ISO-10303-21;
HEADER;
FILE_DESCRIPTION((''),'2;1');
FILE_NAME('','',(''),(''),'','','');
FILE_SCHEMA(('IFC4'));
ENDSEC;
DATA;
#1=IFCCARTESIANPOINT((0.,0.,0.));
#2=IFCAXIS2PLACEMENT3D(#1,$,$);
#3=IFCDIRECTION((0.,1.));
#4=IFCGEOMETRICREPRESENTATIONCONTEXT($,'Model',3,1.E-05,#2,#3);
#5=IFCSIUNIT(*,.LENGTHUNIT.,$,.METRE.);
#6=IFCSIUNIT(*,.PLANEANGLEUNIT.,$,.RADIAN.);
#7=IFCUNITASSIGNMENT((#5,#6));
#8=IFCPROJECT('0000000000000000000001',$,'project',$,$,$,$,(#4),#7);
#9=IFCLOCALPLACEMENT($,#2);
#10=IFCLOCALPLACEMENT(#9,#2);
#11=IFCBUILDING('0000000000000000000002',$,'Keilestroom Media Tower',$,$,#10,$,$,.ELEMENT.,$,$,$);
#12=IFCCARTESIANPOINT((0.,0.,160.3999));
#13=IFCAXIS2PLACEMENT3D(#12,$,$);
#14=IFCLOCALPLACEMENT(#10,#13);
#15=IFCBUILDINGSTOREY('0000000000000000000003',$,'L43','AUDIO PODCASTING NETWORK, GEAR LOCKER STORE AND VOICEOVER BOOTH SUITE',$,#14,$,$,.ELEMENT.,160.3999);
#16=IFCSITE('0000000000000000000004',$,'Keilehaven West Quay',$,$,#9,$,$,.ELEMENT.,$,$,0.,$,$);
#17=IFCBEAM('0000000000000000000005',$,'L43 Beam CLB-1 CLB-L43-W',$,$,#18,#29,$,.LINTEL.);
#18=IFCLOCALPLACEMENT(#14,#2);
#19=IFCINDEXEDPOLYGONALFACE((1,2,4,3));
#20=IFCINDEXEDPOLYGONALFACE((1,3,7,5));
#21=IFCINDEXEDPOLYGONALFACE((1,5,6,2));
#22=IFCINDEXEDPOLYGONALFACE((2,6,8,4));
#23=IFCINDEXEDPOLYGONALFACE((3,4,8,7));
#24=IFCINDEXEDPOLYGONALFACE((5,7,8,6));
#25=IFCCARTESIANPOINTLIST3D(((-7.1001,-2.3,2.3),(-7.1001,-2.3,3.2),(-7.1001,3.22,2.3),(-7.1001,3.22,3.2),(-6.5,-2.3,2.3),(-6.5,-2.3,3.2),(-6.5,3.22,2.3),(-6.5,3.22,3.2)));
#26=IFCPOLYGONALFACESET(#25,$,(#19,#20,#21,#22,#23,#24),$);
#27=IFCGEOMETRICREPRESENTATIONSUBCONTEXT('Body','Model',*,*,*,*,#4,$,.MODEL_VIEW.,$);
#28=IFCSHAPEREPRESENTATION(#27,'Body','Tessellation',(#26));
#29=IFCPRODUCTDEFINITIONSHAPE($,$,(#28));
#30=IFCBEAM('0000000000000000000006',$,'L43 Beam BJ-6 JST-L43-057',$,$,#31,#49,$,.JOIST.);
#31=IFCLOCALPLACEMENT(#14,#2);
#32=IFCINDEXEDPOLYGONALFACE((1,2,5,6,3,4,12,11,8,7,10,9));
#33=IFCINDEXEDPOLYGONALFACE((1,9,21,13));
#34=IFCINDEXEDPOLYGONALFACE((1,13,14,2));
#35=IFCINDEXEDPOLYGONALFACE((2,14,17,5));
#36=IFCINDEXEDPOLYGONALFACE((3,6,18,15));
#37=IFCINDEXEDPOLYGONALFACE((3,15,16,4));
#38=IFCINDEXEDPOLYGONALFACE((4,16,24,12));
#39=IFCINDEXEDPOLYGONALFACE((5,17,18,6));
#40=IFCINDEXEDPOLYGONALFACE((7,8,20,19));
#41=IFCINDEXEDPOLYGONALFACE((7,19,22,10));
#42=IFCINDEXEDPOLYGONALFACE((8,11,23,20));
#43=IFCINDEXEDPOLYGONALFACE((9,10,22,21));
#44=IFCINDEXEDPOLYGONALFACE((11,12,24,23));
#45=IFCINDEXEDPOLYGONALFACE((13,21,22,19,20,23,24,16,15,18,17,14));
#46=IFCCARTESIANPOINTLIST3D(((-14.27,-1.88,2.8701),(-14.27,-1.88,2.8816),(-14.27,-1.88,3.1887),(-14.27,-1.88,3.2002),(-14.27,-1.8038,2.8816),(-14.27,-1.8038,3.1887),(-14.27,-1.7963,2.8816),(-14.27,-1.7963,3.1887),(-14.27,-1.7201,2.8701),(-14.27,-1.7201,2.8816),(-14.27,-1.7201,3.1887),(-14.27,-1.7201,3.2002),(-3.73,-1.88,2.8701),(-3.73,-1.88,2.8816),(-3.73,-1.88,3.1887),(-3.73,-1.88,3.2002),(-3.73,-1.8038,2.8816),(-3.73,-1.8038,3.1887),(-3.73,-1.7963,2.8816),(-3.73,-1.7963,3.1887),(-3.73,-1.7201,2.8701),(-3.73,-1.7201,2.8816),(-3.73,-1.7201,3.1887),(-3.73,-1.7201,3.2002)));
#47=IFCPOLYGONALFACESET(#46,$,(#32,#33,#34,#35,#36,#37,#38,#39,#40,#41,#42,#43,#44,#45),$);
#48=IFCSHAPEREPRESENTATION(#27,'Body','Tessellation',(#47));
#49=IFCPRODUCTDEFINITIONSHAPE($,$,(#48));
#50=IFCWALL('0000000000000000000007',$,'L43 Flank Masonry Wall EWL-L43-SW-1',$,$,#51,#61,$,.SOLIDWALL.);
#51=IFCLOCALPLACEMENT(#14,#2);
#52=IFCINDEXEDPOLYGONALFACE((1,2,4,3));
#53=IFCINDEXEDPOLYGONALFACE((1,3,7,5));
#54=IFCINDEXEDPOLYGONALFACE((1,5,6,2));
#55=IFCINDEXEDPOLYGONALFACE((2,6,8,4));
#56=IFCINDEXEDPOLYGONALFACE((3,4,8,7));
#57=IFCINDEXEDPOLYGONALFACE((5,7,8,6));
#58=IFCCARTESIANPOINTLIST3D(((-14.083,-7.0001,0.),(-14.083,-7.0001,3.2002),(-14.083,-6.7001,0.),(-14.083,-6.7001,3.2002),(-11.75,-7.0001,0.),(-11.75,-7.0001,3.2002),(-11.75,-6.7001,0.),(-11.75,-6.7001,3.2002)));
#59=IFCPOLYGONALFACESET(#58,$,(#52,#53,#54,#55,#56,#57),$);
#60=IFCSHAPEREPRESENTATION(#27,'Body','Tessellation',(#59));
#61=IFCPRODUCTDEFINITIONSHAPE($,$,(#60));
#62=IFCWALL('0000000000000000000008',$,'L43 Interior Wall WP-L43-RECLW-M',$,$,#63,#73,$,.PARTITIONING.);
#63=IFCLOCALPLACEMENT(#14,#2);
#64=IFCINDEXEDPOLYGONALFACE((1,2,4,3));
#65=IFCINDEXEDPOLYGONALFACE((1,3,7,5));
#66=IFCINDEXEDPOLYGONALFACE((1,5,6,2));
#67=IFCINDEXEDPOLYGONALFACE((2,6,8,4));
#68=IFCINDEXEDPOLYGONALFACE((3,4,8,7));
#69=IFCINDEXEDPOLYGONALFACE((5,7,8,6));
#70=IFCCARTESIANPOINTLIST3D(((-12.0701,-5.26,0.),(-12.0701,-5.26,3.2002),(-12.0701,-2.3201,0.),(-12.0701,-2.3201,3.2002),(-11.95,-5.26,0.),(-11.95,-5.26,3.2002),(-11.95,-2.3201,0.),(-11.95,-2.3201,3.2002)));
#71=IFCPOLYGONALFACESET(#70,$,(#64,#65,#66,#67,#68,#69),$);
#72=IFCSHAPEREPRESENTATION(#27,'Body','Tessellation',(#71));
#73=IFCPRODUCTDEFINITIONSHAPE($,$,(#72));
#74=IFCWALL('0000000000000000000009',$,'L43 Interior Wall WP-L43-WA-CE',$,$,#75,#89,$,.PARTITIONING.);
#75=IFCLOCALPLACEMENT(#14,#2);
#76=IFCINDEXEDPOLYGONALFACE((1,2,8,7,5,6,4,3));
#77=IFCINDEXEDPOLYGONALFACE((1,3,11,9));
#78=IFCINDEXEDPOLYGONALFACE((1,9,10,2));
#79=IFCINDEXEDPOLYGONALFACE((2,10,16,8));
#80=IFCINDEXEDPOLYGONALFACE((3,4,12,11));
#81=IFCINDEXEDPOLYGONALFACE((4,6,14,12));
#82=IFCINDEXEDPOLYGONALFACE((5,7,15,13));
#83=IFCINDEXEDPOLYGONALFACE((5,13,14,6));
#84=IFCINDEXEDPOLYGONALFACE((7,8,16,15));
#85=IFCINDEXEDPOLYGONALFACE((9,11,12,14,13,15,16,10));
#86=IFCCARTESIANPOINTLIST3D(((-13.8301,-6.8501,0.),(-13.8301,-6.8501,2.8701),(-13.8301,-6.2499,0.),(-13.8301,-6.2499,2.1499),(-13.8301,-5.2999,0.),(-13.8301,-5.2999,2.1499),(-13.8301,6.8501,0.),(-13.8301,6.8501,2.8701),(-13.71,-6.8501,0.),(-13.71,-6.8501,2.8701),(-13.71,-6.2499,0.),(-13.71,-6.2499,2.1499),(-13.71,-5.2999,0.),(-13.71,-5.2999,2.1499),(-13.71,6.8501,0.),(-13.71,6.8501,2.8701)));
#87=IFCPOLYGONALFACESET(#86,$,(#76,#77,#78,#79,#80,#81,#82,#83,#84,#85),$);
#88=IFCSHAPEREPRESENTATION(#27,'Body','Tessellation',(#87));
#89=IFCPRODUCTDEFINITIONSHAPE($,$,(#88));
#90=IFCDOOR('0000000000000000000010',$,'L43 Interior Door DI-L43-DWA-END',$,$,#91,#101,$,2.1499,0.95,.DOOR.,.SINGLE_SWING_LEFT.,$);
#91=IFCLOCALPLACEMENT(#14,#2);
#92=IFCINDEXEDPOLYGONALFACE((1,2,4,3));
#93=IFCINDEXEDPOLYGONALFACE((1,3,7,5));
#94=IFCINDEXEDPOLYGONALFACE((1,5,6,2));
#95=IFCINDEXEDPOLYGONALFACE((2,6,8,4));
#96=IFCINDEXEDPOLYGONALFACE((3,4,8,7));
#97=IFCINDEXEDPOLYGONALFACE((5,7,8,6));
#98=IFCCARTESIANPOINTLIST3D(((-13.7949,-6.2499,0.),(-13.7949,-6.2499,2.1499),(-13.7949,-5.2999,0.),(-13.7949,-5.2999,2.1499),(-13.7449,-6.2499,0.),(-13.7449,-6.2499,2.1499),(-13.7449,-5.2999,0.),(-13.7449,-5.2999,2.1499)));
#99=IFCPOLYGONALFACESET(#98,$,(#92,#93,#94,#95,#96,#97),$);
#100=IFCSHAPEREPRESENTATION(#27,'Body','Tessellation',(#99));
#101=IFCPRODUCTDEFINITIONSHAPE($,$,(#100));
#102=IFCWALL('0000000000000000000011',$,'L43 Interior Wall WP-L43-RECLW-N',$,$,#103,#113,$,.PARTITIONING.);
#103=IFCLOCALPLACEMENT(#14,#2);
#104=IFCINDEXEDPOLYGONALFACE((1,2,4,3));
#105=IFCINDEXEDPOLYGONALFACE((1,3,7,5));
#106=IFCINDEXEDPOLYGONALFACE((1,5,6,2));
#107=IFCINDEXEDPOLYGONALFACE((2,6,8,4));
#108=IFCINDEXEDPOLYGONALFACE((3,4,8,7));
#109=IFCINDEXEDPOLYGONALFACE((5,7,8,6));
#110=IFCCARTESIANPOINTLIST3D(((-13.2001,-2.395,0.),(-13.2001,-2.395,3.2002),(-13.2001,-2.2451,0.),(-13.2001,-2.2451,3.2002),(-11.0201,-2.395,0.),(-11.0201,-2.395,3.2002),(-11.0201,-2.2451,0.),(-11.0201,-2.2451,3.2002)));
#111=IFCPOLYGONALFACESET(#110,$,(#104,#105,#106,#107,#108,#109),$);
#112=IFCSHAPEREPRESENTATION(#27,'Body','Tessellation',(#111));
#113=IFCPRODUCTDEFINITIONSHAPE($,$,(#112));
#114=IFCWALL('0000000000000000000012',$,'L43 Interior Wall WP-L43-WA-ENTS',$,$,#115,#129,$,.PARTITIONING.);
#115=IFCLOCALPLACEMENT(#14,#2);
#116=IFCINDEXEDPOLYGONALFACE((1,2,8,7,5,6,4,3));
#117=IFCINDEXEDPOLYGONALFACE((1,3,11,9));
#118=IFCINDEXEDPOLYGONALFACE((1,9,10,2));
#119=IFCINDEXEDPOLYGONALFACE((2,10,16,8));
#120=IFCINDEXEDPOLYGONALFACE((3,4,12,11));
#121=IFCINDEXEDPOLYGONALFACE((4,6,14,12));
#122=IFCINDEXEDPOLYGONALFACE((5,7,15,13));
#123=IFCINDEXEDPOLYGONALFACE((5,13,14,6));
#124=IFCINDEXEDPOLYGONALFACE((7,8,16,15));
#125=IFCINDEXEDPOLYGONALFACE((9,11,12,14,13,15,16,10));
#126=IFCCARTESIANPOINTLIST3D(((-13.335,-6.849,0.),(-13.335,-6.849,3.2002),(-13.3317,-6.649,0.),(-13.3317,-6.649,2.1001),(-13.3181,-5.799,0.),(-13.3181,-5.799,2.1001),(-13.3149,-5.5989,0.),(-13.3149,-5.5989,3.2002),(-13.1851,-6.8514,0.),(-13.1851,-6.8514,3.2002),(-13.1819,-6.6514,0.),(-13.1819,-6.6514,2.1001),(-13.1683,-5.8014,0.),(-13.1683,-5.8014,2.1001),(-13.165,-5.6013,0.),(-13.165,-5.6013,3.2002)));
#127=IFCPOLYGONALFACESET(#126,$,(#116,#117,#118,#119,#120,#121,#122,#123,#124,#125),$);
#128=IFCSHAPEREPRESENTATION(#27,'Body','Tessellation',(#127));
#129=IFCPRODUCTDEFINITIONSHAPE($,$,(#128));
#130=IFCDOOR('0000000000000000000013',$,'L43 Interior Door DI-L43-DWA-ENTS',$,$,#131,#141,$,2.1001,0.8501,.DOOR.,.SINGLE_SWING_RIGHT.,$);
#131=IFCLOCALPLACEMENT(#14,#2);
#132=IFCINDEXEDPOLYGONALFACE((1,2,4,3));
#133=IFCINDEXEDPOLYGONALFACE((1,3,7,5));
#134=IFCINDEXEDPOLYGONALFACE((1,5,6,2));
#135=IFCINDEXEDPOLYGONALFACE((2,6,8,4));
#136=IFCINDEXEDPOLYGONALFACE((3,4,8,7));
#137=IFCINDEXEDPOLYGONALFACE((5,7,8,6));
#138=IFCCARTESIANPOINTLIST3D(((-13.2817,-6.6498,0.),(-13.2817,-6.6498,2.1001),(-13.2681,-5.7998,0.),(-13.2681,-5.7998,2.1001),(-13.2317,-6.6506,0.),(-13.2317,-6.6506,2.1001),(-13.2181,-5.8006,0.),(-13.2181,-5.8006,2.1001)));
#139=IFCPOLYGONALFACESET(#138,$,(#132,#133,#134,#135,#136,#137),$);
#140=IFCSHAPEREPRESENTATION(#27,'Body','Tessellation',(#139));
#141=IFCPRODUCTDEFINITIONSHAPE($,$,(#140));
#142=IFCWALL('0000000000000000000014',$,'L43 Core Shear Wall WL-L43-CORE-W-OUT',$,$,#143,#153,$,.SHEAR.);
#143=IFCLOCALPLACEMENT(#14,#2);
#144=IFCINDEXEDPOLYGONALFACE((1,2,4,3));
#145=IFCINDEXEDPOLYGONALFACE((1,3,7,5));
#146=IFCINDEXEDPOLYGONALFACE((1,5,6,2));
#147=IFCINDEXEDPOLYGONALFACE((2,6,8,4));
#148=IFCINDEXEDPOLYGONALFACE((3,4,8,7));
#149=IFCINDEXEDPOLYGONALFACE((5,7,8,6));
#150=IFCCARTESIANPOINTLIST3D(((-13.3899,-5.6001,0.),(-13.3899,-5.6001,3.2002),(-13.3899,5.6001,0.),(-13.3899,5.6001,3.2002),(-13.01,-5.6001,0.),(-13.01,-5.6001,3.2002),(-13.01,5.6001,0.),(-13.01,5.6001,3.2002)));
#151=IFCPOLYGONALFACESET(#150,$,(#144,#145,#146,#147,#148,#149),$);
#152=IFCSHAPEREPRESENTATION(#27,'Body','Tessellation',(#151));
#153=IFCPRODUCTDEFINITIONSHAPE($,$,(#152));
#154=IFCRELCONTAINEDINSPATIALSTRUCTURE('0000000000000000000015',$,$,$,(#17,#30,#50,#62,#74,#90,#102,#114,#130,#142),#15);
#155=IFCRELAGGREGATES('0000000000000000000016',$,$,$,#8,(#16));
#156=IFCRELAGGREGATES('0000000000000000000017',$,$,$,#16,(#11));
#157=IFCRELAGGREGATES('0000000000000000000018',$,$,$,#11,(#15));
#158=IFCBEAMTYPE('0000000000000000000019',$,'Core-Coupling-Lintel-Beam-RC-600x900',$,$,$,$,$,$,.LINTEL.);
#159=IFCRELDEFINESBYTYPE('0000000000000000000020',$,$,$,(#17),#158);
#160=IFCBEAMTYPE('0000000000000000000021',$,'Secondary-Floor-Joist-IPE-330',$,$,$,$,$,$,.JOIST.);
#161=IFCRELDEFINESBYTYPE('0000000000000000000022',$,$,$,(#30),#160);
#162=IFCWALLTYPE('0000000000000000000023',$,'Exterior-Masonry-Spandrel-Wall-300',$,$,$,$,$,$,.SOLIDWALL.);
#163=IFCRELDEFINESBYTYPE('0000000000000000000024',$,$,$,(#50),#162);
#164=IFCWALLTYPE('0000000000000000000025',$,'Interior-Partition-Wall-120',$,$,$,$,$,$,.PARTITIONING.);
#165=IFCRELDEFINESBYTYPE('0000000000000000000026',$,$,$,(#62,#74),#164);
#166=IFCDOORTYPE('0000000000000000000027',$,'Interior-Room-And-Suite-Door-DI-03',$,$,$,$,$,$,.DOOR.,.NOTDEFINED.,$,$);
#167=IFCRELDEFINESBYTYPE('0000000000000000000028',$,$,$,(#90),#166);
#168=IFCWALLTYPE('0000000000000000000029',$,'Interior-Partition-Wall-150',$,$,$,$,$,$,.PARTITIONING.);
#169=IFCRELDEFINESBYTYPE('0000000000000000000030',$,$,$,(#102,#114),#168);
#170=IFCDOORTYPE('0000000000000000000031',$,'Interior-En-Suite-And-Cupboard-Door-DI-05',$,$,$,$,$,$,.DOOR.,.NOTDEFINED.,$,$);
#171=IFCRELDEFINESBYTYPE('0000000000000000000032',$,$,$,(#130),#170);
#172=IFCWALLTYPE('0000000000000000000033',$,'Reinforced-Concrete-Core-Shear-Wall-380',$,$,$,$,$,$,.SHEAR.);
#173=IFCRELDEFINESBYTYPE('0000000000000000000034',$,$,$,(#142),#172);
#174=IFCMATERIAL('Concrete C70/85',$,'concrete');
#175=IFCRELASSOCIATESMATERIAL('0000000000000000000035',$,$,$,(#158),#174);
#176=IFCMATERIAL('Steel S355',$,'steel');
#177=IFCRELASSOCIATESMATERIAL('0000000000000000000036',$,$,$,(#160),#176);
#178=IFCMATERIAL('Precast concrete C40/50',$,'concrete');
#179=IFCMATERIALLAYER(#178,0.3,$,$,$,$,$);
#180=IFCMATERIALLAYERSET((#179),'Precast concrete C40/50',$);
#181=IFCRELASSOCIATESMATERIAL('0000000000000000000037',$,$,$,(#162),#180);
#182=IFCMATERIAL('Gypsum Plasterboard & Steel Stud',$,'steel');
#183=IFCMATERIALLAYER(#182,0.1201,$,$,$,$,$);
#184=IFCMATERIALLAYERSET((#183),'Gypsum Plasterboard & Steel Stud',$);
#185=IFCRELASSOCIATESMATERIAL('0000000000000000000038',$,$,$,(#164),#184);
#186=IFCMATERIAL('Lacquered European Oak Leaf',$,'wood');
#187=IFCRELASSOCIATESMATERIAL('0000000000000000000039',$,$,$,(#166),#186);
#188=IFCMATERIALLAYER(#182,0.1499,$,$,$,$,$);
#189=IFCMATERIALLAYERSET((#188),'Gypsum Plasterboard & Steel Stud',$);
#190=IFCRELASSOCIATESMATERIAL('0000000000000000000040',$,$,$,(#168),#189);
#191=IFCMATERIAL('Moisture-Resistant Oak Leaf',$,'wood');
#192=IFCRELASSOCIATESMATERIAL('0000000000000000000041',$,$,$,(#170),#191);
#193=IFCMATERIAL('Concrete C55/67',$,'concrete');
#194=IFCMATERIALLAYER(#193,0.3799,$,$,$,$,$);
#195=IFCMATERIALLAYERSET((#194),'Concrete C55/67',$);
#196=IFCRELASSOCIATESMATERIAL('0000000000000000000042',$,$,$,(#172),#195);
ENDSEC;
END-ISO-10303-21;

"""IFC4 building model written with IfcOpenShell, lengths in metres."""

from ifc_helpers import new_model, si_unit, direction, frame, frame_2d, origin, origin_2d, place, context, subcontext, project, spatial, rectangle, i_section, extrude, source, transform, mapped, material, layer, layer_set, material_profile, profile_set, type_object, element, fill, save


model = new_model("IFC4")

# Units and contexts
model_context = context("Model", 3, precision=1e-05, world=origin(), true_north=direction((0.0, 1.0)))
body_context = subcontext(model_context, "Body", "Model", "MODEL_VIEW")
ifc_project = project(units=[si_unit("LENGTHUNIT", "METRE"), si_unit("PLANEANGLEUNIT", "RADIAN")], contexts=[model_context])

# Site, building, storey
site_placement = place(None, origin())
site = spatial("IfcSite", under=ifc_project, at=site_placement, Name="Keilehaven West Quay", CompositionType="ELEMENT", RefElevation=0.0)
building_placement = place(site_placement, origin())
building = spatial("IfcBuilding", under=site, at=building_placement, Name="Keilestroom Media Tower", CompositionType="ELEMENT")
storey_placement = place(building_placement, frame((0.0, 0.0, 160.3999)))
storey = spatial("IfcBuildingStorey", under=building, at=storey_placement, Name="L43", Description="AUDIO PODCASTING NETWORK, GEAR LOCKER STORE AND VOICEOVER BOOTH SUITE", CompositionType="ELEMENT", Elevation=160.3999)

# Beams
ifc_material_1 = material(Name="Concrete C70/85", Category="concrete")
ifc_material_profile_1 = material_profile(ifc_material_1, rectangle(XDim=0.6001, YDim=0.8999, at=origin_2d()), Name="RC 600x900")
ifc_profile_set_1 = profile_set([ifc_material_profile_1], Name="Concrete C70/85")
beam_type_1 = type_object("IfcBeamType", Name="Core-Coupling-Lintel-Beam-RC-600x900", PredefinedType="LINTEL", material=ifc_profile_set_1)
shared_shape_1 = source(origin(), body_context, "Body", "SweptSolid", [
    extrude(rectangle(XDim=0.6001, YDim=0.8999, at=origin_2d()), origin(), (0.0, 0.0, 1.0), 5.52),
])
beam_1_placement = place(storey_placement, frame((-6.8, -2.3, 2.75), z_axis=(0.0, 1.0, 0.0), x_axis=(-1.0, 0.0, 0.0)))
element("IfcBeam", 1, at=beam_1_placement, inside=storey, type_object=beam_type_1, Name="L43 Beam CLB-1 CLB-L43-W", PredefinedType="LINTEL", context=body_context, shape_type="MappedRepresentation", body=[
    mapped(shared_shape_1, transform((0.0, 0.0, 0.0), x_axis=(1.0, 0.0, 0.0), y_axis=(0.0, 1.0, 0.0), z_axis=(0.0, 0.0, 1.0), scale=1.0)),
])
ifc_material_2 = material(Name="Steel S355", Category="steel")
ifc_material_profile_2 = material_profile(ifc_material_2, i_section(OverallWidth=0.1599, OverallDepth=0.3301, WebThickness=0.0076, FlangeThickness=0.0115, at=origin_2d()), Name="IPE 330")
ifc_profile_set_2 = profile_set([ifc_material_profile_2], Name="Steel S355")
beam_type_2 = type_object("IfcBeamType", Name="Secondary-Floor-Joist-IPE-330", PredefinedType="JOIST", material=ifc_profile_set_2)
shared_shape_2 = source(origin(), body_context, "Body", "SweptSolid", [
    extrude(i_section(OverallWidth=0.1599, OverallDepth=0.3301, WebThickness=0.0076, FlangeThickness=0.0115, at=origin_2d()), origin(), (0.0, 0.0, 1.0), 10.54),
])
beam_2_placement = place(storey_placement, frame((-14.27, -1.8, 3.0352), z_axis=(1.0, 0.0, 0.0), x_axis=(0.0, 1.0, 0.0)))
element("IfcBeam", 2, at=beam_2_placement, inside=storey, type_object=beam_type_2, Name="L43 Beam BJ-6 JST-L43-057", PredefinedType="JOIST", context=body_context, shape_type="MappedRepresentation", body=[
    mapped(shared_shape_2, transform((0.0, 0.0, 0.0), x_axis=(1.0, 0.0, 0.0), y_axis=(0.0, 1.0, 0.0), z_axis=(0.0, 0.0, 1.0), scale=1.0)),
])

# Walls
ifc_material_3 = material(Name="Precast concrete C40/50", Category="concrete")
ifc_layer_1 = layer(ifc_material_3, 0.3)
ifc_layer_set_1 = layer_set([ifc_layer_1], Name="Precast concrete C40/50")
wall_type_1 = type_object("IfcWallType", Name="Exterior-Masonry-Spandrel-Wall-300", PredefinedType="SOLIDWALL", material=ifc_layer_set_1)
wall_1_placement = place(storey_placement, frame((-14.083, -6.8501, 0.0), z_axis=(0.0, 0.0, 1.0), x_axis=(1.0, 0.0, 0.0)))
element("IfcWall", 3, at=wall_1_placement, inside=storey, type_object=wall_type_1, Name="L43 Flank Masonry Wall EWL-L43-SW-1", PredefinedType="SOLIDWALL", context=body_context, shape_type="SweptSolid", body=[
    extrude(rectangle(XDim=2.333, YDim=0.3, at=frame_2d((1.1665, 0.0))), origin(), (0.0, 0.0, 1.0), 3.2002),
])
ifc_material_4 = material(Name="Gypsum Plasterboard & Steel Stud", Category="steel")
ifc_layer_2 = layer(ifc_material_4, 0.1201)
ifc_layer_set_2 = layer_set([ifc_layer_2], Name="Gypsum Plasterboard & Steel Stud")
wall_type_2 = type_object("IfcWallType", Name="Interior-Partition-Wall-120", PredefinedType="PARTITIONING", material=ifc_layer_set_2)
wall_2_placement = place(storey_placement, frame((-12.01, -5.26, 0.0), z_axis=(0.0, 0.0, 1.0), x_axis=(0.0, 1.0, 0.0)))
element("IfcWall", 4, at=wall_2_placement, inside=storey, type_object=wall_type_2, Name="L43 Interior Wall WP-L43-RECLW-M", PredefinedType="PARTITIONING", context=body_context, shape_type="SweptSolid", body=[
    extrude(rectangle(XDim=2.9399, YDim=0.1201, at=frame_2d((1.47, 0.0))), origin(), (0.0, 0.0, 1.0), 3.2002),
])

# Wall, opening, door
wall_3_placement = place(storey_placement, frame((-13.77, -6.8501, 0.0), z_axis=(0.0, 0.0, 1.0), x_axis=(0.0, 1.0, 0.0)))
wall_3 = element("IfcWall", 5, at=wall_3_placement, inside=storey, type_object=wall_type_2, Name="L43 Interior Wall WP-L43-WA-CE", PredefinedType="PARTITIONING", context=body_context, shape_type="SweptSolid", body=[
    extrude(rectangle(XDim=13.7002, YDim=0.1201, at=frame_2d((6.8501, 0.0))), origin(), (0.0, 0.0, 1.0), 2.8701),
])
opening_1_placement = place(wall_3_placement, frame((0.6001, 0.0, 0.0)))
opening_1 = element("IfcOpeningElement", 6, at=opening_1_placement, cuts=wall_3, PredefinedType="OPENING", context=body_context, shape_type="SweptSolid", body=[
    extrude(rectangle(XDim=0.95, YDim=2.1499, at=frame_2d((0.4751, 1.075))), frame((0.0, 0.0701, 0.0), z_axis=(0.0, -1.0, 0.0), x_axis=(1.0, 0.0, 0.0)), (0.0, 0.0, 1.0), 0.1401),
])
ifc_material_5 = material(Name="Lacquered European Oak Leaf", Category="wood")
door_type_1 = type_object("IfcDoorType", Name="Interior-Room-And-Suite-Door-DI-03", OperationType="NOTDEFINED", PredefinedType="DOOR", material=ifc_material_5)
shared_shape_3 = source(origin(), body_context, "Body", "SweptSolid", [
    extrude(rectangle(XDim=0.95, YDim=2.1499, at=frame_2d((0.4751, 1.075))), frame((0.0, 0.0249, 0.0), z_axis=(0.0, -1.0, 0.0), x_axis=(1.0, 0.0, 0.0)), (0.0, 0.0, 1.0), 0.05),
])
door_1_placement = place(opening_1_placement, origin())
door_1 = element("IfcDoor", 7, at=door_1_placement, inside=storey, type_object=door_type_1, Name="L43 Interior Door DI-L43-DWA-END", OperationType="SINGLE_SWING_LEFT", OverallHeight=2.1499, OverallWidth=0.95, PredefinedType="DOOR", context=body_context, shape_type="MappedRepresentation", body=[
    mapped(shared_shape_3, transform((0.0, 0.0, 0.0), x_axis=(1.0, 0.0, 0.0), y_axis=(0.0, 1.0, 0.0), z_axis=(0.0, 0.0, 1.0), scale=1.0)),
])
fill(opening_1, door_1)

# Wall
ifc_layer_3 = layer(ifc_material_4, 0.1499)
ifc_layer_set_3 = layer_set([ifc_layer_3], Name="Gypsum Plasterboard & Steel Stud")
wall_type_3 = type_object("IfcWallType", Name="Interior-Partition-Wall-150", PredefinedType="PARTITIONING", material=ifc_layer_set_3)
wall_4_placement = place(storey_placement, frame((-13.2, -2.3201, 0.0), z_axis=(0.0, 0.0, 1.0), x_axis=(1.0, 0.0, 0.0)))
element("IfcWall", 8, at=wall_4_placement, inside=storey, type_object=wall_type_3, Name="L43 Interior Wall WP-L43-RECLW-N", PredefinedType="PARTITIONING", context=body_context, shape_type="SweptSolid", body=[
    extrude(rectangle(XDim=2.1799, YDim=0.1499, at=frame_2d((1.0898, 0.0))), origin(), (0.0, 0.0, 1.0), 3.2002),
])

# Wall, opening, door
wall_5_placement = place(storey_placement, frame((-13.26, -6.8501, 0.0), z_axis=(0.0, 0.0, 1.0), x_axis=(0.016014, 0.999872, 0.0)))
wall_5 = element("IfcWall", 9, at=wall_5_placement, inside=storey, type_object=wall_type_3, Name="L43 Interior Wall WP-L43-WA-ENTS", PredefinedType="PARTITIONING", context=body_context, shape_type="SweptSolid", body=[
    extrude(rectangle(XDim=1.2502, YDim=0.1499, at=frame_2d((0.625, 0.0))), origin(), (0.0, 0.0, 1.0), 3.2002),
])
opening_2_placement = place(wall_5_placement, frame((0.2, 0.0, 0.0)))
opening_2 = element("IfcOpeningElement", 10, at=opening_2_placement, cuts=wall_5, PredefinedType="OPENING", context=body_context, shape_type="SweptSolid", body=[
    extrude(rectangle(XDim=0.8501, YDim=2.1001, at=frame_2d((0.425, 1.05))), frame((0.0, 0.085, 0.0), z_axis=(0.0, -1.0, 0.0), x_axis=(1.0, 0.0, 0.0)), (0.0, 0.0, 1.0), 0.1699),
])
ifc_material_6 = material(Name="Moisture-Resistant Oak Leaf", Category="wood")
door_type_2 = type_object("IfcDoorType", Name="Interior-En-Suite-And-Cupboard-Door-DI-05", OperationType="NOTDEFINED", PredefinedType="DOOR", material=ifc_material_6)
shared_shape_4 = source(origin(), body_context, "Body", "SweptSolid", [
    extrude(rectangle(XDim=0.8501, YDim=2.1001, at=frame_2d((0.425, 1.05))), frame((0.0, 0.0249, 0.0), z_axis=(0.0, -1.0, 0.0), x_axis=(1.0, 0.0, 0.0)), (0.0, 0.0, 1.0), 0.05),
])
door_2_placement = place(opening_2_placement, origin())
door_2 = element("IfcDoor", 11, at=door_2_placement, inside=storey, type_object=door_type_2, Name="L43 Interior Door DI-L43-DWA-ENTS", OperationType="SINGLE_SWING_RIGHT", OverallHeight=2.1001, OverallWidth=0.8501, PredefinedType="DOOR", context=body_context, shape_type="MappedRepresentation", body=[
    mapped(shared_shape_4, transform((0.0, 0.0, 0.0), x_axis=(1.0, 0.0, 0.0), y_axis=(0.0, 1.0, 0.0), z_axis=(0.0, 0.0, 1.0), scale=1.0)),
])
fill(opening_2, door_2)

# Wall
ifc_material_7 = material(Name="Concrete C55/67", Category="concrete")
ifc_layer_4 = layer(ifc_material_7, 0.3799)
ifc_layer_set_4 = layer_set([ifc_layer_4], Name="Concrete C55/67")
wall_type_4 = type_object("IfcWallType", Name="Reinforced-Concrete-Core-Shear-Wall-380", PredefinedType="SHEAR", material=ifc_layer_set_4)
wall_6_placement = place(storey_placement, frame((-13.2, -5.6001, 0.0), z_axis=(0.0, 0.0, 1.0), x_axis=(0.0, 1.0, 0.0)))
element("IfcWall", 12, at=wall_6_placement, inside=storey, type_object=wall_type_4, Name="L43 Core Shear Wall WL-L43-CORE-W-OUT", PredefinedType="SHEAR", context=body_context, shape_type="SweptSolid", body=[
    extrude(rectangle(XDim=11.2002, YDim=0.3799, at=frame_2d((5.6001, 0.0))), origin(), (0.0, 0.0, 1.0), 3.2002),
])

save(model, "model.ifc")
